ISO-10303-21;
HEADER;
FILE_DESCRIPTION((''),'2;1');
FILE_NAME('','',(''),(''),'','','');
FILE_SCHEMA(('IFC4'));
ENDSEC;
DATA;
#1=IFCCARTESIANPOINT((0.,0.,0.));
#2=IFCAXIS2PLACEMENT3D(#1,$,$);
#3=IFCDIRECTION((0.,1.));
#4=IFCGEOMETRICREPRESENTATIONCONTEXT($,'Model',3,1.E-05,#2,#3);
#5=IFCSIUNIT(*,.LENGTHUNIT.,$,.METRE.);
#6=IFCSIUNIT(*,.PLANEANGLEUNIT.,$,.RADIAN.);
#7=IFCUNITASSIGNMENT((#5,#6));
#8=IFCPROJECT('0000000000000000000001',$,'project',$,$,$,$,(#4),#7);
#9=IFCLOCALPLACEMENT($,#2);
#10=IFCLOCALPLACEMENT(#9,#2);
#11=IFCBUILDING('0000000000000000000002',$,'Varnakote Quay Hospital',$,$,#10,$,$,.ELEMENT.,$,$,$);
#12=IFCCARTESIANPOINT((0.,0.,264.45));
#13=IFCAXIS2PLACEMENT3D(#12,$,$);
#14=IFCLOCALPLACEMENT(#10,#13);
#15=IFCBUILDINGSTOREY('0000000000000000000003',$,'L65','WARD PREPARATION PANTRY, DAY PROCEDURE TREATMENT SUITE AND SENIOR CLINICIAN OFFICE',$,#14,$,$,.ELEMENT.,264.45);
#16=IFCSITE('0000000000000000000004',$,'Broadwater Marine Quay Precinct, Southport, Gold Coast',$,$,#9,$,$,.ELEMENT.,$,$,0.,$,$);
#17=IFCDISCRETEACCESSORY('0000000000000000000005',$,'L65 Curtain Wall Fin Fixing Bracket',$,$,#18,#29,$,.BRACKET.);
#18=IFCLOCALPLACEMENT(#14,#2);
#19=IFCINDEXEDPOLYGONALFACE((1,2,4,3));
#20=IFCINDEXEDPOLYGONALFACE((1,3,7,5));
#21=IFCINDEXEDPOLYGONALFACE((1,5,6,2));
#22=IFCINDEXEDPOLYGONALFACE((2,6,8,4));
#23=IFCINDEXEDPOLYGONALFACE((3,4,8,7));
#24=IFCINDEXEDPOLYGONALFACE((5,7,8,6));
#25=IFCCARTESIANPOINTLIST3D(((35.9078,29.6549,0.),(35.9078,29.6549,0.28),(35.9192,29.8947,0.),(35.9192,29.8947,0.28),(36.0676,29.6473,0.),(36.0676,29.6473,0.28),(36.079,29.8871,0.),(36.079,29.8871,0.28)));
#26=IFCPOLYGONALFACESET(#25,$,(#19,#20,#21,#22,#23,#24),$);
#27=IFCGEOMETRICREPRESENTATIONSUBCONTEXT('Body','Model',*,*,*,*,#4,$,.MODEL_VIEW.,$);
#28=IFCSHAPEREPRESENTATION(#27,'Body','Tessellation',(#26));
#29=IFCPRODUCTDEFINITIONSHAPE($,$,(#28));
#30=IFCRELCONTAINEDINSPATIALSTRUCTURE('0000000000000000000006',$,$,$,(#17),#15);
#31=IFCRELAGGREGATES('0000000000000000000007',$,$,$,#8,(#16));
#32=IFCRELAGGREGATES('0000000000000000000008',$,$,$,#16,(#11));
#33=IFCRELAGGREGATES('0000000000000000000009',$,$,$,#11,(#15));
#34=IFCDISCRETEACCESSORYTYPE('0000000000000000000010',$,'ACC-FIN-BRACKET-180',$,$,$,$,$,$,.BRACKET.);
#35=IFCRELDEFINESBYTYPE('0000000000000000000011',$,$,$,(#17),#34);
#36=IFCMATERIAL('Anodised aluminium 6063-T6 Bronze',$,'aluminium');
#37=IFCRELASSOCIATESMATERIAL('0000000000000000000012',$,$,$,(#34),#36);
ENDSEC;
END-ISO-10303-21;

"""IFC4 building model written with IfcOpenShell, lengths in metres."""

from ifc_helpers import new_model, si_unit, direction, frame, origin, origin_2d, place, context, subcontext, project, spatial, rectangle, extrude, material, type_object, element, save


model = new_model("IFC4")

# Units and contexts
model_context = context("Model", 3, precision=1e-05, world=origin(), true_north=direction((0.0, 1.0)))
body_context = subcontext(model_context, "Body", "Model", "MODEL_VIEW")
ifc_project = project(units=[si_unit("LENGTHUNIT", "METRE"), si_unit("PLANEANGLEUNIT", "RADIAN")], contexts=[model_context])

# Site, building, storey
site_placement = place(None, origin())
site = spatial("IfcSite", under=ifc_project, at=site_placement, Name="Broadwater Marine Quay Precinct, Southport, Gold Coast", CompositionType="ELEMENT", RefElevation=0.0)
building_placement = place(site_placement, origin())
building = spatial("IfcBuilding", under=site, at=building_placement, Name="Varnakote Quay Hospital", CompositionType="ELEMENT")
storey_placement = place(building_placement, frame((0.0, 0.0, 264.45)))
storey = spatial("IfcBuildingStorey", under=building, at=storey_placement, Name="L65", Description="WARD PREPARATION PANTRY, DAY PROCEDURE TREATMENT SUITE AND SENIOR CLINICIAN OFFICE", CompositionType="ELEMENT", Elevation=264.45)

# Discrete accessory
ifc_material_1 = material(Name="Anodised aluminium 6063-T6 Bronze", Category="aluminium")
discrete_accessory_type = type_object("IfcDiscreteAccessoryType", Name="ACC-FIN-BRACKET-180", PredefinedType="BRACKET", material=ifc_material_1)
for number, where, z_axis, x_axis, name in (
    (1, (35.9934, 29.771, 0.0), (0.0, 0.0, 1.0), (-0.998873, 0.047455, 0.0), "L65 Curtain Wall Fin Fixing Bracket"),
):
    element("IfcDiscreteAccessory", number, at=place(storey_placement, frame(where, z_axis=z_axis, x_axis=x_axis)), inside=storey, type_object=discrete_accessory_type, Name=name, PredefinedType="BRACKET", context=body_context, shape_type="SweptSolid", body=[
        extrude(rectangle(XDim=0.1599, YDim=0.24, at=origin_2d()), origin(), (0.0, 0.0, 1.0), 0.28),
    ])

save(model, "model.ifc")
